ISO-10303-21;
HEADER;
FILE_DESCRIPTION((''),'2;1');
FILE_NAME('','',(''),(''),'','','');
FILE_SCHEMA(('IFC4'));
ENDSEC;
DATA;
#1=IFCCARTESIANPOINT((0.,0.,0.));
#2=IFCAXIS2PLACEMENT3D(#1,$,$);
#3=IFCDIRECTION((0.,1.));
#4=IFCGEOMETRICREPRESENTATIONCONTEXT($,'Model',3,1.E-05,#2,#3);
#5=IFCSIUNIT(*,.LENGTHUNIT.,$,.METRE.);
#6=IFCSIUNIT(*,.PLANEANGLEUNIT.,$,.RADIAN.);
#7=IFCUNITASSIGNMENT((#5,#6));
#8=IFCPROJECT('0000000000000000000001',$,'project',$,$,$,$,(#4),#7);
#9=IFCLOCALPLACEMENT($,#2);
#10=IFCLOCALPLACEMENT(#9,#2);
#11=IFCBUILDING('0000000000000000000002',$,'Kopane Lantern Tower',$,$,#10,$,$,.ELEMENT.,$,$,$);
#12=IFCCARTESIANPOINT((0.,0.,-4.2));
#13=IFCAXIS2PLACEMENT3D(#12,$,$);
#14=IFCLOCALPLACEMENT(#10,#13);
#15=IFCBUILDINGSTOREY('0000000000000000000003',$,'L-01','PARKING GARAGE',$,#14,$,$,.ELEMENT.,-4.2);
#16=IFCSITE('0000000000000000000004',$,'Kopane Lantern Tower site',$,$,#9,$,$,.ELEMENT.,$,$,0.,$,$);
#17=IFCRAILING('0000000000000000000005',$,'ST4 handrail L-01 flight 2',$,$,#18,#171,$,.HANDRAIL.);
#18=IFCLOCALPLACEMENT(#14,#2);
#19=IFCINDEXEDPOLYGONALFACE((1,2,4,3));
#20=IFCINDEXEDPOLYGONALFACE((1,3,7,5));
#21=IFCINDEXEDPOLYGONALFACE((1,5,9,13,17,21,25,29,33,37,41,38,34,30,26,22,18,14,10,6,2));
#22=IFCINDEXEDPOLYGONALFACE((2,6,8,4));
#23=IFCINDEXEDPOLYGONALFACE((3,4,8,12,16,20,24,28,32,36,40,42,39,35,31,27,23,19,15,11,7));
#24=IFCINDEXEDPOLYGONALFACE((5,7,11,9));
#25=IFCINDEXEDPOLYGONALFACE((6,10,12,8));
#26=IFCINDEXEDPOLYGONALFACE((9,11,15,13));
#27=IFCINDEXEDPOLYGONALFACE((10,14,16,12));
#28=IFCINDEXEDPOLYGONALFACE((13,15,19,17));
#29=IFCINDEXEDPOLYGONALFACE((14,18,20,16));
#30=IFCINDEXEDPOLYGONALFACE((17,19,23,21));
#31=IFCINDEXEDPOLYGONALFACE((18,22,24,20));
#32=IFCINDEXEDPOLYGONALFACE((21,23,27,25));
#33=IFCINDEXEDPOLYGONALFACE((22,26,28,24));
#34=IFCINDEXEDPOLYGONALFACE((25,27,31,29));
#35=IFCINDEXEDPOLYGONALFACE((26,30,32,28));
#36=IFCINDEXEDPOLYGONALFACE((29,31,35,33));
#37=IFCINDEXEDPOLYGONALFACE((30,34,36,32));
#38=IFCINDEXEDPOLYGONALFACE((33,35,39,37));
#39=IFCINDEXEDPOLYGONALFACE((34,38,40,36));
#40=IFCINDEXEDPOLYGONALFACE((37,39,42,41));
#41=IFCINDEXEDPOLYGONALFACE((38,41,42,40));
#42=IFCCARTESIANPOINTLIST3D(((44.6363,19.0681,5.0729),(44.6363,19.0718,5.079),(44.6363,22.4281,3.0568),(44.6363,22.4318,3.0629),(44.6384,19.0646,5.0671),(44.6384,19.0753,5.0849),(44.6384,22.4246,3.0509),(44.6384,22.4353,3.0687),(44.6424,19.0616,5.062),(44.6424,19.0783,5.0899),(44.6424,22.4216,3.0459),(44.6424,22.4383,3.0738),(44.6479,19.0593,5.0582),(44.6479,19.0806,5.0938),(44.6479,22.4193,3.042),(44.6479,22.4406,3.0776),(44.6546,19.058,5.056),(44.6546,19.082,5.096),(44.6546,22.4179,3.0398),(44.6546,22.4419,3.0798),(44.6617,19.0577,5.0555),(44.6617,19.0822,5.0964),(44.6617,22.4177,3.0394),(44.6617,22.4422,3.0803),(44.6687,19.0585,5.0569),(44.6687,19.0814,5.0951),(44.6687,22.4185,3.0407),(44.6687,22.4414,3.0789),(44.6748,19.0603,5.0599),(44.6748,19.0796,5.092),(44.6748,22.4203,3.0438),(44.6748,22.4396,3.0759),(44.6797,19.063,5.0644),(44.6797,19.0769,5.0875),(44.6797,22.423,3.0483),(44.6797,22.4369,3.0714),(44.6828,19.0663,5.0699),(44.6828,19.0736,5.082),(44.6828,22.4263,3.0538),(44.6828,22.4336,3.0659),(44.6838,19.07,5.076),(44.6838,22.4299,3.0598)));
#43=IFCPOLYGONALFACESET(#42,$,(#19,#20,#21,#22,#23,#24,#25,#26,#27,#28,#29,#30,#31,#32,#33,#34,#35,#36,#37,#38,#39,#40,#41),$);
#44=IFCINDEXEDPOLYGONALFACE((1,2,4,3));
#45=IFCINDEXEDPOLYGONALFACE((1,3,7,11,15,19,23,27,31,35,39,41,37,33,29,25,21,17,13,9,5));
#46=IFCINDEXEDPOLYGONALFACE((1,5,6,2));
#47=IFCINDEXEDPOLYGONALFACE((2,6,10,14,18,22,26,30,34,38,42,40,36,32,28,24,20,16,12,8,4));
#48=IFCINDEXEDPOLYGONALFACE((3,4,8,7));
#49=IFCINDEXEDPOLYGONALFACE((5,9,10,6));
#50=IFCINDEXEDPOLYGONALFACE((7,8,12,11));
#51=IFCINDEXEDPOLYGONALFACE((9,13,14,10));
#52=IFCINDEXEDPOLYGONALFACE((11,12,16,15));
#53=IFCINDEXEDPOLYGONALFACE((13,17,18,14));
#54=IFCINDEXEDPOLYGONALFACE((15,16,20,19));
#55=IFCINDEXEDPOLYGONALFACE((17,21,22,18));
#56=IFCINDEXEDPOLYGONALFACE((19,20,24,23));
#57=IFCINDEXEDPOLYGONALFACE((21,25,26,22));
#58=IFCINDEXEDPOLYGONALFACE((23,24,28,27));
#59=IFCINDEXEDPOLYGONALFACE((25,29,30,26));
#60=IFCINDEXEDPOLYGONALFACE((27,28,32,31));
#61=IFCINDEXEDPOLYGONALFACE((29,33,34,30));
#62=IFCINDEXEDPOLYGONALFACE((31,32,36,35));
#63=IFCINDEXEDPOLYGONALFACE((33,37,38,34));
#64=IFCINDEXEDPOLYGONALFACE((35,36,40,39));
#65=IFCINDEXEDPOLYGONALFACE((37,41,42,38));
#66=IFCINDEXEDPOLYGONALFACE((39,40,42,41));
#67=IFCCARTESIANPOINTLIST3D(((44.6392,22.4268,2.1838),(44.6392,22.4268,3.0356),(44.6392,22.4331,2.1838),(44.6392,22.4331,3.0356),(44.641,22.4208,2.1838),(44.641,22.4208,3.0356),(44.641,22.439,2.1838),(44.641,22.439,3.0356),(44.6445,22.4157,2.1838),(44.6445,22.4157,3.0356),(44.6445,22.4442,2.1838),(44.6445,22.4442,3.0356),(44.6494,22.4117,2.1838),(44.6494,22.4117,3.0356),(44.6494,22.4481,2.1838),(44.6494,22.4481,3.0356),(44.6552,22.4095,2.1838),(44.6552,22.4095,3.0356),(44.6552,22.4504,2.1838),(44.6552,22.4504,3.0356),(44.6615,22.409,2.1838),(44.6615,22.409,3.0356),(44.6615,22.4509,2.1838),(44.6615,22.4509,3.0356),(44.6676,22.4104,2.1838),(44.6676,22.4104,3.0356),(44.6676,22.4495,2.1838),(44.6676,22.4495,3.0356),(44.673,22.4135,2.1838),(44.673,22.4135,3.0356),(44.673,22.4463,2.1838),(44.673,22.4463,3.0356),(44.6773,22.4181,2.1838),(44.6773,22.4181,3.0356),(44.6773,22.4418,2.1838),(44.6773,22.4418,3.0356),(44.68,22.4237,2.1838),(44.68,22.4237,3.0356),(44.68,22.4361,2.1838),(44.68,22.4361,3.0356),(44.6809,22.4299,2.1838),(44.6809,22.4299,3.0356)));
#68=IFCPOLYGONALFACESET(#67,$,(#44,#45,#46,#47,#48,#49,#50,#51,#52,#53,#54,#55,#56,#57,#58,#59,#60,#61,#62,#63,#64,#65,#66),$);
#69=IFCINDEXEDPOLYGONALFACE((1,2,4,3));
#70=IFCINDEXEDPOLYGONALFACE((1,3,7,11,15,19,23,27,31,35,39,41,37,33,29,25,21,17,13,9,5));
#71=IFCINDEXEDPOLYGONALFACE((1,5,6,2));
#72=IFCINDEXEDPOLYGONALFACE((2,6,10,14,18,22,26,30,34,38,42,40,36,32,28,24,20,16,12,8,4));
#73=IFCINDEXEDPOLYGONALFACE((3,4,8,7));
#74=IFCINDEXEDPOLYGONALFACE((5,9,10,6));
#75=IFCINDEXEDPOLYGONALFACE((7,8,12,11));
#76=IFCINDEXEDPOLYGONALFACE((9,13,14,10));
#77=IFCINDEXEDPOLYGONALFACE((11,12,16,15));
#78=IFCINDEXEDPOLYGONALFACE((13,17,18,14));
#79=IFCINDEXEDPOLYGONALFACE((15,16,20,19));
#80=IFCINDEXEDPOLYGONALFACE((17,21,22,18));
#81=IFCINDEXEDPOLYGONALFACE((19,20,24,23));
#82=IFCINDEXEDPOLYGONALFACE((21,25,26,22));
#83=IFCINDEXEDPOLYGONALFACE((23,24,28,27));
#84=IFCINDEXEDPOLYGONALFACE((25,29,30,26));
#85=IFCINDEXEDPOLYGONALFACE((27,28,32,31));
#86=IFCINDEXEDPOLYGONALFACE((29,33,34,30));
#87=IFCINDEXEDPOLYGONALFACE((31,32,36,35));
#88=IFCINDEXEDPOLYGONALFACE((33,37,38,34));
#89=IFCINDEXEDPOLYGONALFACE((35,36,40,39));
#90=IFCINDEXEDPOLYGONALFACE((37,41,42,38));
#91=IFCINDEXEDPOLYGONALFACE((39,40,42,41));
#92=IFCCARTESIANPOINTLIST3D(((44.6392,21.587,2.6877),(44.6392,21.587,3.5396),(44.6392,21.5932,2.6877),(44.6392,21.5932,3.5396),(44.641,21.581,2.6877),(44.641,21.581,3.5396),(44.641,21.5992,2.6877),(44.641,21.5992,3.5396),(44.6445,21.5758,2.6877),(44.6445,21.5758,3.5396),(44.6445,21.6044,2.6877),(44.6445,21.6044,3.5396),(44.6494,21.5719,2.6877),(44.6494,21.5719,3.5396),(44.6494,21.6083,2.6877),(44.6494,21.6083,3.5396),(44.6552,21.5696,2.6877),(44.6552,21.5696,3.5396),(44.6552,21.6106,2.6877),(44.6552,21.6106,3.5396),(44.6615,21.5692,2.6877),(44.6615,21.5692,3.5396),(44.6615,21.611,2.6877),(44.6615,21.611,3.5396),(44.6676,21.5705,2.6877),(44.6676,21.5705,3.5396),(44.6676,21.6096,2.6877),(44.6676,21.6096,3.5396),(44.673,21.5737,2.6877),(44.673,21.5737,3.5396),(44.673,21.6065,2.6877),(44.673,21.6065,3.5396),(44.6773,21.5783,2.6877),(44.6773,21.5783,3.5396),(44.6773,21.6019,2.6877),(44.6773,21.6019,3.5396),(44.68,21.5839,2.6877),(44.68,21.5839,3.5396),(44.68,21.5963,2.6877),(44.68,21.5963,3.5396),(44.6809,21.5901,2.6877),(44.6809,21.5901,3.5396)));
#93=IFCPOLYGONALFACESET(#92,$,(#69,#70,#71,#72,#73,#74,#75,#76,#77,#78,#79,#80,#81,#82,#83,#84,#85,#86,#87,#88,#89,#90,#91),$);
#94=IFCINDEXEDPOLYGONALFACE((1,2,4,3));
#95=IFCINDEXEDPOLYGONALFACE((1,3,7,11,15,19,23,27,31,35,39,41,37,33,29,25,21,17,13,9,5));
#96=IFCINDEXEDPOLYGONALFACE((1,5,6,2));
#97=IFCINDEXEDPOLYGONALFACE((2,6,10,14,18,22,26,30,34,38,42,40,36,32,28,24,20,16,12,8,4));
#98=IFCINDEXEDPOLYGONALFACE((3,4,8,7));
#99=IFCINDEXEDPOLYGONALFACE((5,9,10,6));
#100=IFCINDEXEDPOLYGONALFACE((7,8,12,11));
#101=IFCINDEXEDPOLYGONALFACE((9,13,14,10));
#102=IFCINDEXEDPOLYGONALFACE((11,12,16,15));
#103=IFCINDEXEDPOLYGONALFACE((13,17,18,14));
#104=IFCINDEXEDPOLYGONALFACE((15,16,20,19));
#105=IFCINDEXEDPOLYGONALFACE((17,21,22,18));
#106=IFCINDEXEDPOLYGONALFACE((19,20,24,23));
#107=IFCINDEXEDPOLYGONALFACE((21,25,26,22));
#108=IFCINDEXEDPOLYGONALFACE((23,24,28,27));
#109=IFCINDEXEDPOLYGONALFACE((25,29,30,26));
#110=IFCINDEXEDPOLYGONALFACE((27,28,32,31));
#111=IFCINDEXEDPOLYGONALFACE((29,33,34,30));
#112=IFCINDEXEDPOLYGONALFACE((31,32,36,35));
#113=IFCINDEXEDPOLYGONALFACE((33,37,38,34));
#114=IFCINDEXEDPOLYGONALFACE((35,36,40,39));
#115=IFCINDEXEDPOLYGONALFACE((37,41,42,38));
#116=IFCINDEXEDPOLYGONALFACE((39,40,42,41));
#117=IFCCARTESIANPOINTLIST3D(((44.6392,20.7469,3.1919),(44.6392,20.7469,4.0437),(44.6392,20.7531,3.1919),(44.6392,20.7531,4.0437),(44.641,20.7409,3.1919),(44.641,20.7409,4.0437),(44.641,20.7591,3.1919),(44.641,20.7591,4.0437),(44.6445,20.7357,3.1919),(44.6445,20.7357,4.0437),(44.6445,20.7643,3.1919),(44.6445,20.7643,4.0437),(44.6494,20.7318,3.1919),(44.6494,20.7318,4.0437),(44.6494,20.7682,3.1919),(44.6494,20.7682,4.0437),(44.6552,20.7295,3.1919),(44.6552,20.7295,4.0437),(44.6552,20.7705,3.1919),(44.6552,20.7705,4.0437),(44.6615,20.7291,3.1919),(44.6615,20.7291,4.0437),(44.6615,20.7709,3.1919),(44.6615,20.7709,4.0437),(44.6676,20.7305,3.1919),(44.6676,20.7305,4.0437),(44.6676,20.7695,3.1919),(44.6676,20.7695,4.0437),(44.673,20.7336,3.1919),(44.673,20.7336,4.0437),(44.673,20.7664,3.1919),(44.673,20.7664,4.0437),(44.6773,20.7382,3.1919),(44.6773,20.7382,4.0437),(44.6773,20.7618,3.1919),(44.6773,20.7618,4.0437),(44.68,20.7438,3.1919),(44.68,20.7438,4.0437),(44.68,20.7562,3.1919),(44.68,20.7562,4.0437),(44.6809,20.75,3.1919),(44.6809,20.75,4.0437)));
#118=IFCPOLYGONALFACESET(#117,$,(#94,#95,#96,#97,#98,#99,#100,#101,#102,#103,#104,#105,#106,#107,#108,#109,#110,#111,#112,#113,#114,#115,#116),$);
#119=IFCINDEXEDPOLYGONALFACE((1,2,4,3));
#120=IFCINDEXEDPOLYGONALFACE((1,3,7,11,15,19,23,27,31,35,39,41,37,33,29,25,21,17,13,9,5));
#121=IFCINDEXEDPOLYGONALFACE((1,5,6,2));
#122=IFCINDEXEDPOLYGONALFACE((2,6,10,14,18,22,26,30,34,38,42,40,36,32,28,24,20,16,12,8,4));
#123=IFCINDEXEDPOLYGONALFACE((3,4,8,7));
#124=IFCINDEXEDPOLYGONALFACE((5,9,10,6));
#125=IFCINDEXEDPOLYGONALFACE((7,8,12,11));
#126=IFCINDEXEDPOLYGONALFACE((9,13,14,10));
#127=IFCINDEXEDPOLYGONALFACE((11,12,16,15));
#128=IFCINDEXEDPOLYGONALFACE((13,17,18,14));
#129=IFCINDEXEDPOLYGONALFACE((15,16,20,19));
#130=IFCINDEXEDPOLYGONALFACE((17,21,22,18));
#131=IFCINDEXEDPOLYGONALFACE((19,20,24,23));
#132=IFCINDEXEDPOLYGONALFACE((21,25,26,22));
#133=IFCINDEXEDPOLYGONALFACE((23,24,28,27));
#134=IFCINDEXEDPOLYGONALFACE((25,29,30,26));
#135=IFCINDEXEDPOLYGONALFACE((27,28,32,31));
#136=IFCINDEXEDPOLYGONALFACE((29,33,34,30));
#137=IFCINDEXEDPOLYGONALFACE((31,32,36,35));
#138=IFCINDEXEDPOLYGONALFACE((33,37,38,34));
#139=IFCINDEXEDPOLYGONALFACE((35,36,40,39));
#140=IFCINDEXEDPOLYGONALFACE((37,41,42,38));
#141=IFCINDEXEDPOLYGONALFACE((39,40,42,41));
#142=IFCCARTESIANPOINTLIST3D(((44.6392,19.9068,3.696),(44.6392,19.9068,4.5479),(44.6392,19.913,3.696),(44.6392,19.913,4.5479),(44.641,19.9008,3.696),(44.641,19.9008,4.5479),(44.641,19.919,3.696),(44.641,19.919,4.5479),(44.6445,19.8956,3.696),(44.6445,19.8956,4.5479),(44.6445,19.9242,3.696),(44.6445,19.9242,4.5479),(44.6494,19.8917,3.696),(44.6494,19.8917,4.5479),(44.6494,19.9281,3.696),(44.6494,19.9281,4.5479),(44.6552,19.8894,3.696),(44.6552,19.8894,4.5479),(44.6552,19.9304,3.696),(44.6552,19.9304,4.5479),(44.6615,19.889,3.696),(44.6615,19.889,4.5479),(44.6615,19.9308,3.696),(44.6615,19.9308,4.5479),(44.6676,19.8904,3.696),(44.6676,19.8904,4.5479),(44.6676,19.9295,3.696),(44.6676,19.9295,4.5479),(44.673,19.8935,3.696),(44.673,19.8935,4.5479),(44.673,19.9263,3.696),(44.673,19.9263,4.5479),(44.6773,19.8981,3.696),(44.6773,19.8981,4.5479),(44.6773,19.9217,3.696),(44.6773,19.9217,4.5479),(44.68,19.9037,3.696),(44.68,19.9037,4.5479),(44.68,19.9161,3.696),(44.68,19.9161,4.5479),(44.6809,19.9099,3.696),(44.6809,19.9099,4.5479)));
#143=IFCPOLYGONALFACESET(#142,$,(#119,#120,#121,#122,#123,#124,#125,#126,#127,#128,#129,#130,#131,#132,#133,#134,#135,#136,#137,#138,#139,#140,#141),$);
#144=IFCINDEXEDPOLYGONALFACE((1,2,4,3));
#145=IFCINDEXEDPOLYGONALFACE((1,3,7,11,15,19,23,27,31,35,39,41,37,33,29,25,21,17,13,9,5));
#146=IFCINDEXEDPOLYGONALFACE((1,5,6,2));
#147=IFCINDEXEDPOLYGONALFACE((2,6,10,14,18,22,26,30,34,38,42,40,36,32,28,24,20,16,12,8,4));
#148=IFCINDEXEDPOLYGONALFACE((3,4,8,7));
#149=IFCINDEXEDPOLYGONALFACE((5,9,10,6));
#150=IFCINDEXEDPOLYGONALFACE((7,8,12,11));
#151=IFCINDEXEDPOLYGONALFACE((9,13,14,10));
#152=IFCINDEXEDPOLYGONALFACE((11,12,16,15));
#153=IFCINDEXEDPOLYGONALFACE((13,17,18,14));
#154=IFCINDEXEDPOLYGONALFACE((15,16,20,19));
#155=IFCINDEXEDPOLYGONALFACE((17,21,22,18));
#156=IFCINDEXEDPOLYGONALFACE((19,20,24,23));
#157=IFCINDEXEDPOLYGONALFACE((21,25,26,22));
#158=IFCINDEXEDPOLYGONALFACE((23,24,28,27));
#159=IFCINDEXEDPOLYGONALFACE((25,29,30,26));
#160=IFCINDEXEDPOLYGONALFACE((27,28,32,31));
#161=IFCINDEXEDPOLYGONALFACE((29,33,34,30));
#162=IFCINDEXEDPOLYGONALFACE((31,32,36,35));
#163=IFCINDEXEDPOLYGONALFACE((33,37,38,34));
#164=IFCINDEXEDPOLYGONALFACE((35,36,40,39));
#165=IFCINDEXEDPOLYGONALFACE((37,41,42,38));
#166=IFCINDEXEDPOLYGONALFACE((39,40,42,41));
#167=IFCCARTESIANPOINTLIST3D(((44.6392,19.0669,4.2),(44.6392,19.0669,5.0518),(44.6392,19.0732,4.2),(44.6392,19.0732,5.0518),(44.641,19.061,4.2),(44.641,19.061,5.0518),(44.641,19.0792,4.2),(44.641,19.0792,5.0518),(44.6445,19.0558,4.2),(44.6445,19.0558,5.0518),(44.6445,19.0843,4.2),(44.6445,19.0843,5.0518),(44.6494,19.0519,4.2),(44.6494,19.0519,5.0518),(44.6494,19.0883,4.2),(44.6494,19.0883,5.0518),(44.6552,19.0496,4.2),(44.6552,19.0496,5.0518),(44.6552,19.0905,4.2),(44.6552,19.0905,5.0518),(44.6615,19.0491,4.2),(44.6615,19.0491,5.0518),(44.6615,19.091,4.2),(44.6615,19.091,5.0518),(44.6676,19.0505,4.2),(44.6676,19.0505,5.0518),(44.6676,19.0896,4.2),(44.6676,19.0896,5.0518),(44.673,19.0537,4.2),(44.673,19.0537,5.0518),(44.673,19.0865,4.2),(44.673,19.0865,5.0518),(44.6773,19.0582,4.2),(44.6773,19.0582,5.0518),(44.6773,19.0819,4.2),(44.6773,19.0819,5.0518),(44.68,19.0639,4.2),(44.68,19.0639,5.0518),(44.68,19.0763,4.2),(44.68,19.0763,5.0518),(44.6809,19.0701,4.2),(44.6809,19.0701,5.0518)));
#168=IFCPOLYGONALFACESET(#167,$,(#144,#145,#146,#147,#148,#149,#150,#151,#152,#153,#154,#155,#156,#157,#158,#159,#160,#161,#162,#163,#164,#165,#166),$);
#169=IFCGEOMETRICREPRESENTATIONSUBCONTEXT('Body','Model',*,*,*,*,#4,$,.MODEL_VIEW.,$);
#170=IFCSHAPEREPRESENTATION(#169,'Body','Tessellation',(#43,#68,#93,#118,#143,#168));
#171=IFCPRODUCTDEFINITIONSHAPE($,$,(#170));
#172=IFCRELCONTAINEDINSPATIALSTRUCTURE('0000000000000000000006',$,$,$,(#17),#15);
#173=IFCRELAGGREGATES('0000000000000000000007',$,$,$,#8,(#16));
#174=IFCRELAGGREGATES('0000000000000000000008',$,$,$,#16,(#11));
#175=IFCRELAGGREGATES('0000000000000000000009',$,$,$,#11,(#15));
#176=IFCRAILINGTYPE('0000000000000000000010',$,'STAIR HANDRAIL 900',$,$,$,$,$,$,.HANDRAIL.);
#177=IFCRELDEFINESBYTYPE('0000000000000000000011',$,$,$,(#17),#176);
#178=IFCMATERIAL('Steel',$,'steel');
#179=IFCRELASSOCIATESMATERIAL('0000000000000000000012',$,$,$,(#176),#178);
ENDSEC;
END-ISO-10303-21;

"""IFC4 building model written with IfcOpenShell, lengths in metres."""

from ifc_helpers import new_model, si_unit, direction, frame, origin, origin_2d, place, context, subcontext, project, spatial, circle, extrude, material, type_object, element, save


model = new_model("IFC4")

# Units and contexts
model_context = context("Model", 3, precision=1e-05, world=origin(), true_north=direction((0.0, 1.0)))
body_context = subcontext(model_context, "Body", "Model", "MODEL_VIEW")
ifc_project = project(units=[si_unit("LENGTHUNIT", "METRE"), si_unit("PLANEANGLEUNIT", "RADIAN")], contexts=[model_context])

# Site, building, storey
site_placement = place(None, origin())
site = spatial("IfcSite", under=ifc_project, at=site_placement, Name="Kopane Lantern Tower site", CompositionType="ELEMENT", RefElevation=0.0)
building_placement = place(site_placement, origin())
building = spatial("IfcBuilding", under=site, at=building_placement, Name="Kopane Lantern Tower", CompositionType="ELEMENT")
storey_placement = place(building_placement, frame((0.0, 0.0, -4.2)))
storey = spatial("IfcBuildingStorey", under=building, at=storey_placement, Name="L-01", Description="PARKING GARAGE", CompositionType="ELEMENT", Elevation=-4.2)

# Railing
ifc_material_1 = material(Name="Steel", Category="steel")
railing_type_1 = type_object("IfcRailingType", Name="STAIR HANDRAIL 900", PredefinedType="HANDRAIL", material=ifc_material_1)
for number, where, name in (
    (1, (44.6599, 22.4299, 2.1838), "ST4 handrail L-01 flight 2"),
):
    element("IfcRailing", number, at=place(storey_placement, frame(where)), inside=storey, type_object=railing_type_1, Name=name, PredefinedType="HANDRAIL", context=body_context, shape_type="SweptSolid", body=[
        extrude(circle(Radius=0.0239, at=origin_2d()), frame((0.0, 0.0, 0.876), z_axis=(0.0, -0.857471, 0.514532), x_axis=(1.0, 0.0, 0.0)), (0.0, 0.0, 1.0), 3.9185),
        extrude(circle(Radius=0.021, at=origin_2d()), origin(), (0.0, 0.0, 1.0), 0.8518),
        extrude(circle(Radius=0.021, at=origin_2d()), frame((0.0, -0.8398, 0.5039)), (0.0, 0.0, 1.0), 0.8518),
        extrude(circle(Radius=0.021, at=origin_2d()), frame((0.0, -1.6799, 1.0081)), (0.0, 0.0, 1.0), 0.8518),
        extrude(circle(Radius=0.021, at=origin_2d()), frame((0.0, -2.52, 1.5122)), (0.0, 0.0, 1.0), 0.8518),
        extrude(circle(Radius=0.021, at=origin_2d()), frame((0.0, -3.3599, 2.0161)), (0.0, 0.0, 1.0), 0.8518),
    ])

save(model, "model.ifc")
